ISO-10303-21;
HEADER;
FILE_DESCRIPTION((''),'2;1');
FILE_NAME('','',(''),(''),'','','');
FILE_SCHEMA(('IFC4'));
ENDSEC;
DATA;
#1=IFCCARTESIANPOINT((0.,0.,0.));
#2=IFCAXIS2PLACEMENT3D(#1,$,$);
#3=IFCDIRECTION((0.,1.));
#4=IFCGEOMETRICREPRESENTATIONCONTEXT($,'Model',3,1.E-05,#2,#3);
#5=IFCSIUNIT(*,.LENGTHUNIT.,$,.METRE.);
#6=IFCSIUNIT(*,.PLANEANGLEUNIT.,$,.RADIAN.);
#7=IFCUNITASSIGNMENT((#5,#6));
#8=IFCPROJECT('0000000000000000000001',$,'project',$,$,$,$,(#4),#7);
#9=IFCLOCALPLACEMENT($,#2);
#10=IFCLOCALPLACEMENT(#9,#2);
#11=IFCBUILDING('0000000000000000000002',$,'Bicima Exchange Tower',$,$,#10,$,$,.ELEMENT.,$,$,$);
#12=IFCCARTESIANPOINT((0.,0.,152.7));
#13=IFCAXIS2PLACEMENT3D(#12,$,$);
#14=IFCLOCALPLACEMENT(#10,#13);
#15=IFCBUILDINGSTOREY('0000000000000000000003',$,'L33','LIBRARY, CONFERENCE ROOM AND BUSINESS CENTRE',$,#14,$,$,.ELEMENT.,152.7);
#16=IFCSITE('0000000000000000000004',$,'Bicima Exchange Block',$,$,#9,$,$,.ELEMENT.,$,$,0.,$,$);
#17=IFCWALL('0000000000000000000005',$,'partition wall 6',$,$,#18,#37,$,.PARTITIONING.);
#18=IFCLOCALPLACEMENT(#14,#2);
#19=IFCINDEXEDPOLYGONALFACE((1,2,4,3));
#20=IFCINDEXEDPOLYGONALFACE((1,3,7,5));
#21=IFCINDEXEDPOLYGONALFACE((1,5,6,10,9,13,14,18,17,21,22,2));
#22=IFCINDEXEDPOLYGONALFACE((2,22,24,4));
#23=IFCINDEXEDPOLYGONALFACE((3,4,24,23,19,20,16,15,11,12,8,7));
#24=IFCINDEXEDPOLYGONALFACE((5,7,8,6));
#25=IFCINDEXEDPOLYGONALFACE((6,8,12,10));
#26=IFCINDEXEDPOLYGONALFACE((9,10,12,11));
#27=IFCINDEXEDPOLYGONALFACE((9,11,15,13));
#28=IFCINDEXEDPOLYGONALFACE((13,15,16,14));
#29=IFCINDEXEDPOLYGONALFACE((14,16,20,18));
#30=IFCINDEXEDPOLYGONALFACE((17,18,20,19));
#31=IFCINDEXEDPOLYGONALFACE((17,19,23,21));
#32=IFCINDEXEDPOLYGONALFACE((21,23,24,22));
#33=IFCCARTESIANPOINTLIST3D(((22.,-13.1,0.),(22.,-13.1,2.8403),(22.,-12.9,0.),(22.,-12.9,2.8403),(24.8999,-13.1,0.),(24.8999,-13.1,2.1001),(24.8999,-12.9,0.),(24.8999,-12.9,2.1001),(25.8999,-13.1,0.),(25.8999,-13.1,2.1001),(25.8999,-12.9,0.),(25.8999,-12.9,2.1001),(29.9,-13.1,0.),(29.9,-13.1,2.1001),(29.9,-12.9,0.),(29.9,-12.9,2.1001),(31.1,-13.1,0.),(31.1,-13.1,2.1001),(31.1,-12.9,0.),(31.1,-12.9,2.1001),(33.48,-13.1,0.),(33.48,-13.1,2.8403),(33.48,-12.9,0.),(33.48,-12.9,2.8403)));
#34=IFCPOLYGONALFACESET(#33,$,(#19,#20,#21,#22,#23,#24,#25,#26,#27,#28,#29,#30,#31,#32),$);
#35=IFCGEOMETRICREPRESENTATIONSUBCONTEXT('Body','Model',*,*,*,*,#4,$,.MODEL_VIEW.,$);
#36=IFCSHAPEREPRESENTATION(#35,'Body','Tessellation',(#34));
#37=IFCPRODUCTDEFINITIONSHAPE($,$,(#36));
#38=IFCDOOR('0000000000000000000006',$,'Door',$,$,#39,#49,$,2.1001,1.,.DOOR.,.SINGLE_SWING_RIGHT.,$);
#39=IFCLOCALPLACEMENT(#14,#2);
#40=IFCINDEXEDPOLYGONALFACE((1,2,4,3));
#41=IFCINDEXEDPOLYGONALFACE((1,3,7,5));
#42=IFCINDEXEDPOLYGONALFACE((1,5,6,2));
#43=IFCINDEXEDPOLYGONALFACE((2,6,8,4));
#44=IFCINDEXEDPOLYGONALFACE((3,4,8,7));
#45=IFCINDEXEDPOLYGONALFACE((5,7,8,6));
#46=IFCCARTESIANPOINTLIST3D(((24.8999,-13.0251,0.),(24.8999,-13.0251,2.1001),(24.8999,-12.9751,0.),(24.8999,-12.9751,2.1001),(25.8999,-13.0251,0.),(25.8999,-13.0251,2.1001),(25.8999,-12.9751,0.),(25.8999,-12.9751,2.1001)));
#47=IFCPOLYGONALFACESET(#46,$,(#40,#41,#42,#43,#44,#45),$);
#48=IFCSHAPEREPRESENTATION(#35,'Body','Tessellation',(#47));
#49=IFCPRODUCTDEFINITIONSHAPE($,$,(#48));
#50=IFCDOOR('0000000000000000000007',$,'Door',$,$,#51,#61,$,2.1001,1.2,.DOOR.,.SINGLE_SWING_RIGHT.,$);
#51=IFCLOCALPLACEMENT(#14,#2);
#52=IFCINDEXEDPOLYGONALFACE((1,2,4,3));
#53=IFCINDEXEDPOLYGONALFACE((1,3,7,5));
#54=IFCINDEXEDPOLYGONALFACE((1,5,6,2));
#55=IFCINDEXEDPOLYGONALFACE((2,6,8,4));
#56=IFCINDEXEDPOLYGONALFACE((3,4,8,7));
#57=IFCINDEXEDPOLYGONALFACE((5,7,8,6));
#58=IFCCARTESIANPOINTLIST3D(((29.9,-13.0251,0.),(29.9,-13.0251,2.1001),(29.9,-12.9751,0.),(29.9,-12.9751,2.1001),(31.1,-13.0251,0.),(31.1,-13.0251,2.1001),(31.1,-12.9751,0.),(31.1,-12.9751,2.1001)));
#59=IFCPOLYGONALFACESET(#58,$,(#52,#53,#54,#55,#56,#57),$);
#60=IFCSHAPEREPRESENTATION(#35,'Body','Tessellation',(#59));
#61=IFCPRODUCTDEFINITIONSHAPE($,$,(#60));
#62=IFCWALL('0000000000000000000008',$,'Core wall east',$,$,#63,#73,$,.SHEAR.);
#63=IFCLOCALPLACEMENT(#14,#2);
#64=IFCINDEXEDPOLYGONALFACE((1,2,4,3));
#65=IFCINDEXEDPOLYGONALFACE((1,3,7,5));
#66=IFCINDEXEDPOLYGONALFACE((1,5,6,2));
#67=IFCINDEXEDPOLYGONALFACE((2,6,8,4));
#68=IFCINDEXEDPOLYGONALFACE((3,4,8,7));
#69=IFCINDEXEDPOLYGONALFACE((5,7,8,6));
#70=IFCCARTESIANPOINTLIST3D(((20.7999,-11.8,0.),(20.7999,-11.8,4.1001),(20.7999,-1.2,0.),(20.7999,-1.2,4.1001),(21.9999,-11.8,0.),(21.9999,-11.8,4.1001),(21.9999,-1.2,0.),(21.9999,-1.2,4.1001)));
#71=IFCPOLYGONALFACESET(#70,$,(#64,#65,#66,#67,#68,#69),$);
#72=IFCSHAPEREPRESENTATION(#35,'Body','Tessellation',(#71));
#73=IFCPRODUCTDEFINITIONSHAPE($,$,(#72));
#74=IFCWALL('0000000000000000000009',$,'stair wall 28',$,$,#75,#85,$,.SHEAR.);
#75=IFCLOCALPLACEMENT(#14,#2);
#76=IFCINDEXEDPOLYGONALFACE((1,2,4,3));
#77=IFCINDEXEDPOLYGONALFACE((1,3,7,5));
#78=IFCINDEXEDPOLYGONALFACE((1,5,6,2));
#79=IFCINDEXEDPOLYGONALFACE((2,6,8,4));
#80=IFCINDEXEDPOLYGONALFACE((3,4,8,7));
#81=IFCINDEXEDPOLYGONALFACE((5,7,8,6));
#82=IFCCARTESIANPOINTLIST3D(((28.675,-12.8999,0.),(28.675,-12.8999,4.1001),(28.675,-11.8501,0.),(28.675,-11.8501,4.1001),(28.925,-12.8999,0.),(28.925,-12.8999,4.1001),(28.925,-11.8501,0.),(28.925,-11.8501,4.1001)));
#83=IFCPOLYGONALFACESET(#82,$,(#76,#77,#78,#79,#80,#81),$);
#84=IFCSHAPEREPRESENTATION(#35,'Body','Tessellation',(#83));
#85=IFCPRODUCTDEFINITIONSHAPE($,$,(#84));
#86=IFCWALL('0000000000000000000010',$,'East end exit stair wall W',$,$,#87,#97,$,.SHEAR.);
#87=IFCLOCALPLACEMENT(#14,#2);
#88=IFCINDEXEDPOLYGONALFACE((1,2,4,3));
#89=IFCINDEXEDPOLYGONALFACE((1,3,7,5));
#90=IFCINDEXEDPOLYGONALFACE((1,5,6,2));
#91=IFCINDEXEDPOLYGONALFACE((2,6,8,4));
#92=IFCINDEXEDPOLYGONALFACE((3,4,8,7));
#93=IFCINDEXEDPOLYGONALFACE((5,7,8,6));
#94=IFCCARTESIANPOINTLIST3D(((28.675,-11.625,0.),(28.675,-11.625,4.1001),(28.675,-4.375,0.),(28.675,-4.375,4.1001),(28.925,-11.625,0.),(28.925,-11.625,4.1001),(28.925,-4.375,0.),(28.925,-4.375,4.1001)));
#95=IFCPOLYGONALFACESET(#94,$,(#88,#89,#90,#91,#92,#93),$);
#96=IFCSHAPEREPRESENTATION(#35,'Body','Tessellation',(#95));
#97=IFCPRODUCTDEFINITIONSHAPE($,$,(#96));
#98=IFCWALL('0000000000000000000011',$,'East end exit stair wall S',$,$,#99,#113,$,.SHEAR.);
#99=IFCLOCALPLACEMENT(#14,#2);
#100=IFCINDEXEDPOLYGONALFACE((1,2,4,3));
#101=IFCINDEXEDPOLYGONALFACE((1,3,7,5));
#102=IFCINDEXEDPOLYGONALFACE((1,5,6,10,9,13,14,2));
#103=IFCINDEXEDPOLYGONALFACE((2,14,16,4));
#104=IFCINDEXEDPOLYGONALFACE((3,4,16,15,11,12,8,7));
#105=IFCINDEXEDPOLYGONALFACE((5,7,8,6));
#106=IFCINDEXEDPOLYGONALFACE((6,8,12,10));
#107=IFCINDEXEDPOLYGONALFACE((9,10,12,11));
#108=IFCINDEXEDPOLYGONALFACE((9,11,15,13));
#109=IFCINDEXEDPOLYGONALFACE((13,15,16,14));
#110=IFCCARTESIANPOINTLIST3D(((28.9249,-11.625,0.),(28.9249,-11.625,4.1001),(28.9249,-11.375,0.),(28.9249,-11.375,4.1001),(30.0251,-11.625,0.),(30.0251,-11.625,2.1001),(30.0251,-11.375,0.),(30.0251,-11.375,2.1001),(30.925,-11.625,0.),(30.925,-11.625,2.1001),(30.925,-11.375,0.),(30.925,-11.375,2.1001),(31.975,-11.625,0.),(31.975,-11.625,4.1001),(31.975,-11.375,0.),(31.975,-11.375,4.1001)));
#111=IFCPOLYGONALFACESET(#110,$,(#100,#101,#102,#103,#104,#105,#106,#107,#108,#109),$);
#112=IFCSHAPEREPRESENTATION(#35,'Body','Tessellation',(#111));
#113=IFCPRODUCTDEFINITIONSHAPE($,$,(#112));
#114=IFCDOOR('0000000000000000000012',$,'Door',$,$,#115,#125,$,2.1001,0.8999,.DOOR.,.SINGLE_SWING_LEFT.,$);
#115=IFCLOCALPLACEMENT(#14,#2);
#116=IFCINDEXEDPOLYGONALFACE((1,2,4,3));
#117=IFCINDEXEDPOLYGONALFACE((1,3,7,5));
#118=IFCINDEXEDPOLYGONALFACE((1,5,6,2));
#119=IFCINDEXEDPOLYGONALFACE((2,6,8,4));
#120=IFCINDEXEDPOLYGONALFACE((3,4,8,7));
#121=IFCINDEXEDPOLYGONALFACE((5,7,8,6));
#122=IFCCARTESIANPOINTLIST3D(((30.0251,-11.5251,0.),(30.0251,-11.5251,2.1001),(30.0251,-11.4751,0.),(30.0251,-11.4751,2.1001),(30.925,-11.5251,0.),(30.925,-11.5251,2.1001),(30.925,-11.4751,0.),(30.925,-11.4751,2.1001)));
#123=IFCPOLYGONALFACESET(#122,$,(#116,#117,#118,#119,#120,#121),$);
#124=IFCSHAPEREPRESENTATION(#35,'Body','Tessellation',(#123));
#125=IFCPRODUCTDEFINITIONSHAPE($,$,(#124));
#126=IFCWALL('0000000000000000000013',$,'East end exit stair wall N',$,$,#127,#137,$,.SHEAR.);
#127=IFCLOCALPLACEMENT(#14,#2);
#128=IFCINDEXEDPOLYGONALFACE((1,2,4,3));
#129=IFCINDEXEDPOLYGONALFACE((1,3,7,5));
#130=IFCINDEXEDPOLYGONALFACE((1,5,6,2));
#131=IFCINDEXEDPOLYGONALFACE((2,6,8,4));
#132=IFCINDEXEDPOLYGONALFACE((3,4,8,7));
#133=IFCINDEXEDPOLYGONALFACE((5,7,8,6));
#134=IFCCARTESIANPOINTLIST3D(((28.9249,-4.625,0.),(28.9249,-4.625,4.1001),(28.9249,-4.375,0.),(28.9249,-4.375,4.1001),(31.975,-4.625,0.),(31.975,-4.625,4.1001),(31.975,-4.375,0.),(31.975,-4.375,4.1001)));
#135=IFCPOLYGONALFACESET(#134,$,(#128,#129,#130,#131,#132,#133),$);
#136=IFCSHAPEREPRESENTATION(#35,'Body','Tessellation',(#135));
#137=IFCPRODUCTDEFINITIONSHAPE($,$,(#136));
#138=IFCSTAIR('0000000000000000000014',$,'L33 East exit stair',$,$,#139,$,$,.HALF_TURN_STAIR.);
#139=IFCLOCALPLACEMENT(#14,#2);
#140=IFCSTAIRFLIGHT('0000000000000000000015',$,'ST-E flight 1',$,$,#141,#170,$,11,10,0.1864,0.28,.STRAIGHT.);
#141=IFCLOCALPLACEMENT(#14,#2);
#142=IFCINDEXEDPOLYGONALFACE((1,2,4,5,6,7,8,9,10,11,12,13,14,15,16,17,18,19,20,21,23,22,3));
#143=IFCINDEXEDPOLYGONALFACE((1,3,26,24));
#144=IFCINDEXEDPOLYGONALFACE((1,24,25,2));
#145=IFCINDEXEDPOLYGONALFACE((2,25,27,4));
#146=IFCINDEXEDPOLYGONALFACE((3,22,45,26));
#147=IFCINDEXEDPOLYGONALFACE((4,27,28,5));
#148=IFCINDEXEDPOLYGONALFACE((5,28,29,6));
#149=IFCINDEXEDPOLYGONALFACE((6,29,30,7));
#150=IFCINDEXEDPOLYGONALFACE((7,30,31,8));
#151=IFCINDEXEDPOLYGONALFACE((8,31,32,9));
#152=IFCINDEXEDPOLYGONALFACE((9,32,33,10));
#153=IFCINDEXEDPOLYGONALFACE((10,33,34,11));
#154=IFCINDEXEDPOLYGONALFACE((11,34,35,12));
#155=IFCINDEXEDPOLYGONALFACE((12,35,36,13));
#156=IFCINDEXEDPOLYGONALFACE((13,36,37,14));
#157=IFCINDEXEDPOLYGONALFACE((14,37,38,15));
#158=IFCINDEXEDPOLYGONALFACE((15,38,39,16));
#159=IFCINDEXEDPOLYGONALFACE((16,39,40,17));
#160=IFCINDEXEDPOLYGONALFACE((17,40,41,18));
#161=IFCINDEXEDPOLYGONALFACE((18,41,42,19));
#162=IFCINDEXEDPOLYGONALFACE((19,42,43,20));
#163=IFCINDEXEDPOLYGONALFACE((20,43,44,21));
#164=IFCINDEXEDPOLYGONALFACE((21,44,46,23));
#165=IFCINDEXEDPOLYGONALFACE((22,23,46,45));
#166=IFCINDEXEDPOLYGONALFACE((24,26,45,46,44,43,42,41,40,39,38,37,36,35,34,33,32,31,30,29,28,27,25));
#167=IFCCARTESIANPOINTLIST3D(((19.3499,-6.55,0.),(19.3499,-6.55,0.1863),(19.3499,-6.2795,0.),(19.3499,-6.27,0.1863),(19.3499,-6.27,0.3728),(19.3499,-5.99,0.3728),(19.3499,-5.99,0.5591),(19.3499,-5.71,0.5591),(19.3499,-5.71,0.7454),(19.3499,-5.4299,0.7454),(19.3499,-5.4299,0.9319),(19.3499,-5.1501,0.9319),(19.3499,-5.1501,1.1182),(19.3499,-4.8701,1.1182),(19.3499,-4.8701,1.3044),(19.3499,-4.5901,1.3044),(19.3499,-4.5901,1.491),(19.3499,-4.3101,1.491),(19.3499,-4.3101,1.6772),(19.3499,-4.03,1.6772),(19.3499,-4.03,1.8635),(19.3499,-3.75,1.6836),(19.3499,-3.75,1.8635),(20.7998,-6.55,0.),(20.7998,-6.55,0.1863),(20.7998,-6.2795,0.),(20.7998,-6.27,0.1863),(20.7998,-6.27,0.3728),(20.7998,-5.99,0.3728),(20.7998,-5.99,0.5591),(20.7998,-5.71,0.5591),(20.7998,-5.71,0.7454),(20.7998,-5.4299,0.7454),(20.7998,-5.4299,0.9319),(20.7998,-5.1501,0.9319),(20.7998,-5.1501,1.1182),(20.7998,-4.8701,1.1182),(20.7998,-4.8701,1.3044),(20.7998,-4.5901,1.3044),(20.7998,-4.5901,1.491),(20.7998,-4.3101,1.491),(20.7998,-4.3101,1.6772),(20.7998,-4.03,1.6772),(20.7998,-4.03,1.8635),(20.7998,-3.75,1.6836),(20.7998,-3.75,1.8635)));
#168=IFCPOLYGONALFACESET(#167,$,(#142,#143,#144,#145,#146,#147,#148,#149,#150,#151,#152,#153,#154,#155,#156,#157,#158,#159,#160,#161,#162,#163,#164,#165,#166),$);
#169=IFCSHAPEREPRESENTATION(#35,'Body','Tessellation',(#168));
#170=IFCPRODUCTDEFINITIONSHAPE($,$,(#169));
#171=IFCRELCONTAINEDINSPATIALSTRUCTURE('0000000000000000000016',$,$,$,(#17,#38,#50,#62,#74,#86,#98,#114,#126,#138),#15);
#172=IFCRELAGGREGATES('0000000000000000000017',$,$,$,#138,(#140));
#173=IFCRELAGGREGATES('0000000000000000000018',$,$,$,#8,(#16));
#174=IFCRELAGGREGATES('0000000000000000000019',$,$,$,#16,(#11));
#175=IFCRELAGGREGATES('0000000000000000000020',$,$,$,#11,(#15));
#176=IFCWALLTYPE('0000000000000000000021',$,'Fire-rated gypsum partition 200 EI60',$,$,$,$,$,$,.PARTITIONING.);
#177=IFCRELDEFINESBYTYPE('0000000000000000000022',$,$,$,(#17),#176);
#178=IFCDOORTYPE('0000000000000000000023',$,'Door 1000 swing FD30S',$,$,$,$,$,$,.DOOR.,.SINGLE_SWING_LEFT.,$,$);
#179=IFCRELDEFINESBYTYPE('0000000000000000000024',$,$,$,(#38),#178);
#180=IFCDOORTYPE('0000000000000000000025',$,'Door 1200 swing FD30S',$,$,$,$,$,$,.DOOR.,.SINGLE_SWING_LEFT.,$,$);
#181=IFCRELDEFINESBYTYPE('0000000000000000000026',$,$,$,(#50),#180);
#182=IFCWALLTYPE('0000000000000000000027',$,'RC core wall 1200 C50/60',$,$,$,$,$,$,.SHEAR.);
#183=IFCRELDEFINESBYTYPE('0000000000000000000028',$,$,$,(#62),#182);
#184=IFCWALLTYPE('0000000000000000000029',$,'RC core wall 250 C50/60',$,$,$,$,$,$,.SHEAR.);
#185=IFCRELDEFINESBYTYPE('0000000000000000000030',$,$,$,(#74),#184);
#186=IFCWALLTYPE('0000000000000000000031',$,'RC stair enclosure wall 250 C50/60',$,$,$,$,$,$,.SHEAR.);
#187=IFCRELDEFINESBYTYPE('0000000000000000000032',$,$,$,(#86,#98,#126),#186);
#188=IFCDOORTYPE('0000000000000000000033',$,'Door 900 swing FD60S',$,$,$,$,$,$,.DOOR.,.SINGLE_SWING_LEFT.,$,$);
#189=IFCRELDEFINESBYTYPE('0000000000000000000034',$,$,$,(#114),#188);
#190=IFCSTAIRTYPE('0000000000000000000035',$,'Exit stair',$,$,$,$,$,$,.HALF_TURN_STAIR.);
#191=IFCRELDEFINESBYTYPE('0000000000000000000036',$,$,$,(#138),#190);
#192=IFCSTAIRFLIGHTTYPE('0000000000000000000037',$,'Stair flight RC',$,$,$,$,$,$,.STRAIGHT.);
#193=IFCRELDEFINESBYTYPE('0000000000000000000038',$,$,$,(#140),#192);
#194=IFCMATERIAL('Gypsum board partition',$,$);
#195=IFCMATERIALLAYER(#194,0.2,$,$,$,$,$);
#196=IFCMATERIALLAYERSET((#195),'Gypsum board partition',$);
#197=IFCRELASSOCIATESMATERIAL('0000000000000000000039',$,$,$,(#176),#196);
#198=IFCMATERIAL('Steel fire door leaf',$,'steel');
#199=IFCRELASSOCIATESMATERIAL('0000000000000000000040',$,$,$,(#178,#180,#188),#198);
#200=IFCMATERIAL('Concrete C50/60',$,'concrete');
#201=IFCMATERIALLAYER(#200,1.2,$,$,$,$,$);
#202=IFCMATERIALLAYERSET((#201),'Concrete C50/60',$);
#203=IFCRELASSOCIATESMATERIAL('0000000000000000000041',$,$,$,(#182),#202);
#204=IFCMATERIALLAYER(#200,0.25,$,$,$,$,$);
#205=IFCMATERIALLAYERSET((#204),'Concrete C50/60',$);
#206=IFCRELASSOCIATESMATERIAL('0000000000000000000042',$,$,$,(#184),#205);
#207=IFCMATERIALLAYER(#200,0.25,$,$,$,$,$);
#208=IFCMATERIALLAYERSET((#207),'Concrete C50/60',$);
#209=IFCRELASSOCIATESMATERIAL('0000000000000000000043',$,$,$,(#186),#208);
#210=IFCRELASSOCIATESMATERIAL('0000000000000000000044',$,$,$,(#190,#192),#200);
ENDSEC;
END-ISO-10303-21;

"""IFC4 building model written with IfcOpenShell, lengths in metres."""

from ifc_helpers import new_model, si_unit, direction, frame, frame_2d, origin, place, context, subcontext, project, spatial, polyline, rectangle, outline, extrude, material, layer, layer_set, type_object, element, fill, aggregate, save


model = new_model("IFC4")

# Units and contexts
model_context = context("Model", 3, precision=1e-05, world=origin(), true_north=direction((0.0, 1.0)))
body_context = subcontext(model_context, "Body", "Model", "MODEL_VIEW")
ifc_project = project(units=[si_unit("LENGTHUNIT", "METRE"), si_unit("PLANEANGLEUNIT", "RADIAN")], contexts=[model_context])

# Site, building, storey
site_placement = place(None, origin())
site = spatial("IfcSite", under=ifc_project, at=site_placement, Name="Bicima Exchange Block", CompositionType="ELEMENT", RefElevation=0.0)
building_placement = place(site_placement, origin())
building = spatial("IfcBuilding", under=site, at=building_placement, Name="Bicima Exchange Tower", CompositionType="ELEMENT")
storey_placement = place(building_placement, frame((0.0, 0.0, 152.7)))
storey = spatial("IfcBuildingStorey", under=building, at=storey_placement, Name="L33", Description="LIBRARY, CONFERENCE ROOM AND BUSINESS CENTRE", CompositionType="ELEMENT", Elevation=152.7)

# Wall, openings, doors
ifc_material_1 = material(Name="Gypsum board partition")
ifc_layer_1 = layer(ifc_material_1, 0.2)
ifc_layer_set_1 = layer_set([ifc_layer_1], Name="Gypsum board partition")
wall_type_1 = type_object("IfcWallType", Name="Fire-rated gypsum partition 200 EI60", PredefinedType="PARTITIONING", material=ifc_layer_set_1)
wall_1_placement = place(storey_placement, frame((22.0, -13.0, 0.0), z_axis=(0.0, 0.0, 1.0), x_axis=(1.0, 0.0, 0.0)))
wall_1 = element("IfcWall", 1, at=wall_1_placement, inside=storey, type_object=wall_type_1, Name="partition wall 6", PredefinedType="PARTITIONING", context=body_context, shape_type="SweptSolid", body=[
    extrude(rectangle(XDim=11.48, YDim=0.2, at=frame_2d((5.74, 0.0))), origin(), (0.0, 0.0, 1.0), 2.8403),
])
opening_1_placement = place(wall_1_placement, frame((7.8999, 0.0, 0.0)))
opening_1 = element("IfcOpeningElement", 2, at=opening_1_placement, cuts=wall_1, PredefinedType="OPENING", context=body_context, shape_type="SweptSolid", body=[
    extrude(rectangle(XDim=1.2, YDim=2.1001, at=frame_2d((0.6001, 1.05))), frame((0.0, 0.1118, 0.0), z_axis=(0.0, -1.0, 0.0), x_axis=(1.0, 0.0, 0.0)), (0.0, 0.0, 1.0), 0.2239),
])
opening_2_placement = place(wall_1_placement, frame((2.8999, 0.0, 0.0)))
opening_2 = element("IfcOpeningElement", 3, at=opening_2_placement, cuts=wall_1, PredefinedType="OPENING", context=body_context, shape_type="SweptSolid", body=[
    extrude(rectangle(XDim=1.0, YDim=2.1001, at=frame_2d((0.5, 1.05))), frame((0.0, 0.1118, 0.0), z_axis=(0.0, -1.0, 0.0), x_axis=(1.0, 0.0, 0.0)), (0.0, 0.0, 1.0), 0.2239),
])
ifc_material_2 = material(Name="Steel fire door leaf", Category="steel")
door_type_1 = type_object("IfcDoorType", Name="Door 1000 swing FD30S", OperationType="SINGLE_SWING_LEFT", PredefinedType="DOOR", material=ifc_material_2)
door_1_placement = place(opening_2_placement, origin())
door_1 = element("IfcDoor", 4, at=door_1_placement, inside=storey, type_object=door_type_1, Name="Door", OperationType="SINGLE_SWING_RIGHT", OverallHeight=2.1001, OverallWidth=1.0, PredefinedType="DOOR", context=body_context, shape_type="SweptSolid", body=[
    extrude(rectangle(XDim=1.0, YDim=2.1001, at=frame_2d((0.5, 1.05))), frame((0.0, 0.0249, 0.0), z_axis=(0.0, -1.0, 0.0), x_axis=(1.0, 0.0, 0.0)), (0.0, 0.0, 1.0), 0.05),
])
fill(opening_2, door_1)
door_type_2 = type_object("IfcDoorType", Name="Door 1200 swing FD30S", OperationType="SINGLE_SWING_LEFT", PredefinedType="DOOR", material=ifc_material_2)
door_2_placement = place(opening_1_placement, origin())
door_2 = element("IfcDoor", 5, at=door_2_placement, inside=storey, type_object=door_type_2, Name="Door", OperationType="SINGLE_SWING_RIGHT", OverallHeight=2.1001, OverallWidth=1.2, PredefinedType="DOOR", context=body_context, shape_type="SweptSolid", body=[
    extrude(rectangle(XDim=1.2, YDim=2.1001, at=frame_2d((0.6001, 1.05))), frame((0.0, 0.0249, 0.0), z_axis=(0.0, -1.0, 0.0), x_axis=(1.0, 0.0, 0.0)), (0.0, 0.0, 1.0), 0.05),
])
fill(opening_1, door_2)

# Walls
ifc_material_3 = material(Name="Concrete C50/60", Category="concrete")
ifc_layer_2 = layer(ifc_material_3, 1.2)
ifc_layer_set_2 = layer_set([ifc_layer_2], Name="Concrete C50/60")
wall_type_2 = type_object("IfcWallType", Name="RC core wall 1200 C50/60", PredefinedType="SHEAR", material=ifc_layer_set_2)
wall_2_placement = place(storey_placement, frame((21.3999, -11.8, 0.0), z_axis=(0.0, 0.0, 1.0), x_axis=(0.0, 1.0, 0.0)))
element("IfcWall", 6, at=wall_2_placement, inside=storey, type_object=wall_type_2, Name="Core wall east", PredefinedType="SHEAR", context=body_context, shape_type="SweptSolid", body=[
    extrude(rectangle(XDim=10.6001, YDim=1.2, at=frame_2d((5.3, 0.0))), origin(), (0.0, 0.0, 1.0), 4.1001),
])
ifc_layer_3 = layer(ifc_material_3, 0.25)
ifc_layer_set_3 = layer_set([ifc_layer_3], Name="Concrete C50/60")
wall_type_3 = type_object("IfcWallType", Name="RC core wall 250 C50/60", PredefinedType="SHEAR", material=ifc_layer_set_3)
wall_3_placement = place(storey_placement, frame((28.8, -12.8999, 0.0), z_axis=(0.0, 0.0, 1.0), x_axis=(0.0, 1.0, 0.0)))
element("IfcWall", 7, at=wall_3_placement, inside=storey, type_object=wall_type_3, Name="stair wall 28", PredefinedType="SHEAR", context=body_context, shape_type="SweptSolid", body=[
    extrude(rectangle(XDim=1.0498, YDim=0.25, at=frame_2d((0.5249, 0.0))), origin(), (0.0, 0.0, 1.0), 4.1001),
])
ifc_layer_4 = layer(ifc_material_3, 0.25)
ifc_layer_set_4 = layer_set([ifc_layer_4], Name="Concrete C50/60")
wall_type_4 = type_object("IfcWallType", Name="RC stair enclosure wall 250 C50/60", PredefinedType="SHEAR", material=ifc_layer_set_4)
wall_4_placement = place(storey_placement, frame((28.8, -11.625, 0.0), z_axis=(0.0, 0.0, 1.0), x_axis=(0.0, 1.0, 0.0)))
element("IfcWall", 8, at=wall_4_placement, inside=storey, type_object=wall_type_4, Name="East end exit stair wall W", PredefinedType="SHEAR", context=body_context, shape_type="SweptSolid", body=[
    extrude(rectangle(XDim=7.25, YDim=0.25, at=frame_2d((3.625, 0.0))), origin(), (0.0, 0.0, 1.0), 4.1001),
])

# Wall, opening, door
wall_5_placement = place(storey_placement, frame((28.925, -11.5, 0.0), z_axis=(0.0, 0.0, 1.0), x_axis=(1.0, 0.0, 0.0)))
wall_5 = element("IfcWall", 9, at=wall_5_placement, inside=storey, type_object=wall_type_4, Name="East end exit stair wall S", PredefinedType="SHEAR", context=body_context, shape_type="SweptSolid", body=[
    extrude(rectangle(XDim=3.05, YDim=0.25, at=frame_2d((1.5249, 0.0))), origin(), (0.0, 0.0, 1.0), 4.1001),
])
opening_3_placement = place(wall_5_placement, frame((1.1001, 0.0, 0.0)))
opening_3 = element("IfcOpeningElement", 10, at=opening_3_placement, cuts=wall_5, PredefinedType="OPENING", context=body_context, shape_type="SweptSolid", body=[
    extrude(rectangle(XDim=0.8999, YDim=2.1001, at=frame_2d((0.45, 1.05))), frame((0.0, 0.137, 0.0), z_axis=(0.0, -1.0, 0.0), x_axis=(1.0, 0.0, 0.0)), (0.0, 0.0, 1.0), 0.2739),
])
door_type_3 = type_object("IfcDoorType", Name="Door 900 swing FD60S", OperationType="SINGLE_SWING_LEFT", PredefinedType="DOOR", material=ifc_material_2)
door_3_placement = place(opening_3_placement, origin())
door_3 = element("IfcDoor", 11, at=door_3_placement, inside=storey, type_object=door_type_3, Name="Door", OperationType="SINGLE_SWING_LEFT", OverallHeight=2.1001, OverallWidth=0.8999, PredefinedType="DOOR", context=body_context, shape_type="SweptSolid", body=[
    extrude(rectangle(XDim=0.8999, YDim=2.1001, at=frame_2d((0.45, 1.05))), frame((0.0, 0.0249, 0.0), z_axis=(0.0, -1.0, 0.0), x_axis=(1.0, 0.0, 0.0)), (0.0, 0.0, 1.0), 0.05),
])
fill(opening_3, door_3)

# Wall
wall_6_placement = place(storey_placement, frame((28.925, -4.5, 0.0), z_axis=(0.0, 0.0, 1.0), x_axis=(1.0, 0.0, 0.0)))
element("IfcWall", 12, at=wall_6_placement, inside=storey, type_object=wall_type_4, Name="East end exit stair wall N", PredefinedType="SHEAR", context=body_context, shape_type="SweptSolid", body=[
    extrude(rectangle(XDim=3.05, YDim=0.25, at=frame_2d((1.5249, 0.0))), origin(), (0.0, 0.0, 1.0), 4.1001),
])

# Stair, stair flight
stair_type = type_object("IfcStairType", Name="Exit stair", PredefinedType="HALF_TURN_STAIR", material=ifc_material_3)
stair_1_placement = place(storey_placement, origin())
stair_1 = element("IfcStair", 13, at=stair_1_placement, inside=storey, type_object=stair_type, Name="L33 East exit stair", PredefinedType="HALF_TURN_STAIR")
stair_flight_type = type_object("IfcStairFlightType", Name="Stair flight RC", PredefinedType="STRAIGHT", material=ifc_material_3)
stair_flight_1_placement = place(storey_placement, frame((20.075, -6.55, 0.0), z_axis=(0.0, 0.0, 1.0), x_axis=(0.0, 1.0, 0.0)))
stair_flight_1 = element("IfcStairFlight", 14, at=stair_flight_1_placement, type_object=stair_flight_type, Name="ST-E flight 1", NumberOfRisers=11, NumberOfTreads=10, PredefinedType="STRAIGHT", RiserHeight=0.1864, TreadLength=0.28, context=body_context, shape_type="SweptSolid", body=[
    extrude(outline(polyline([(0.0, 0.0), (0.0, 0.1863), (0.28, 0.1863), (0.28, 0.3728), (0.5601, 0.3728), (0.5601, 0.5591), (0.8401, 0.5591), (0.8401, 0.7454), (1.1201, 0.7454), (1.1201, 0.9319), (1.3999, 0.9319), (1.3999, 1.1182), (1.6799, 1.1182), (1.6799, 1.3044), (1.96, 1.3044), (1.96, 1.491), (2.24, 1.491), (2.24, 1.6772), (2.52, 1.6772), (2.52, 1.8635), (2.8, 1.8635), (2.8, 2.05), (2.8, 1.6836), (0.2705, 0.0), (0.0, 0.0)])), frame((0.0, 0.7251, 0.0), z_axis=(0.0, -1.0, 0.0), x_axis=(1.0, 0.0, 0.0)), (0.0, 0.0, 1.0), 1.45),
])
aggregate(stair_1, [stair_flight_1])

save(model, "model.ifc")
